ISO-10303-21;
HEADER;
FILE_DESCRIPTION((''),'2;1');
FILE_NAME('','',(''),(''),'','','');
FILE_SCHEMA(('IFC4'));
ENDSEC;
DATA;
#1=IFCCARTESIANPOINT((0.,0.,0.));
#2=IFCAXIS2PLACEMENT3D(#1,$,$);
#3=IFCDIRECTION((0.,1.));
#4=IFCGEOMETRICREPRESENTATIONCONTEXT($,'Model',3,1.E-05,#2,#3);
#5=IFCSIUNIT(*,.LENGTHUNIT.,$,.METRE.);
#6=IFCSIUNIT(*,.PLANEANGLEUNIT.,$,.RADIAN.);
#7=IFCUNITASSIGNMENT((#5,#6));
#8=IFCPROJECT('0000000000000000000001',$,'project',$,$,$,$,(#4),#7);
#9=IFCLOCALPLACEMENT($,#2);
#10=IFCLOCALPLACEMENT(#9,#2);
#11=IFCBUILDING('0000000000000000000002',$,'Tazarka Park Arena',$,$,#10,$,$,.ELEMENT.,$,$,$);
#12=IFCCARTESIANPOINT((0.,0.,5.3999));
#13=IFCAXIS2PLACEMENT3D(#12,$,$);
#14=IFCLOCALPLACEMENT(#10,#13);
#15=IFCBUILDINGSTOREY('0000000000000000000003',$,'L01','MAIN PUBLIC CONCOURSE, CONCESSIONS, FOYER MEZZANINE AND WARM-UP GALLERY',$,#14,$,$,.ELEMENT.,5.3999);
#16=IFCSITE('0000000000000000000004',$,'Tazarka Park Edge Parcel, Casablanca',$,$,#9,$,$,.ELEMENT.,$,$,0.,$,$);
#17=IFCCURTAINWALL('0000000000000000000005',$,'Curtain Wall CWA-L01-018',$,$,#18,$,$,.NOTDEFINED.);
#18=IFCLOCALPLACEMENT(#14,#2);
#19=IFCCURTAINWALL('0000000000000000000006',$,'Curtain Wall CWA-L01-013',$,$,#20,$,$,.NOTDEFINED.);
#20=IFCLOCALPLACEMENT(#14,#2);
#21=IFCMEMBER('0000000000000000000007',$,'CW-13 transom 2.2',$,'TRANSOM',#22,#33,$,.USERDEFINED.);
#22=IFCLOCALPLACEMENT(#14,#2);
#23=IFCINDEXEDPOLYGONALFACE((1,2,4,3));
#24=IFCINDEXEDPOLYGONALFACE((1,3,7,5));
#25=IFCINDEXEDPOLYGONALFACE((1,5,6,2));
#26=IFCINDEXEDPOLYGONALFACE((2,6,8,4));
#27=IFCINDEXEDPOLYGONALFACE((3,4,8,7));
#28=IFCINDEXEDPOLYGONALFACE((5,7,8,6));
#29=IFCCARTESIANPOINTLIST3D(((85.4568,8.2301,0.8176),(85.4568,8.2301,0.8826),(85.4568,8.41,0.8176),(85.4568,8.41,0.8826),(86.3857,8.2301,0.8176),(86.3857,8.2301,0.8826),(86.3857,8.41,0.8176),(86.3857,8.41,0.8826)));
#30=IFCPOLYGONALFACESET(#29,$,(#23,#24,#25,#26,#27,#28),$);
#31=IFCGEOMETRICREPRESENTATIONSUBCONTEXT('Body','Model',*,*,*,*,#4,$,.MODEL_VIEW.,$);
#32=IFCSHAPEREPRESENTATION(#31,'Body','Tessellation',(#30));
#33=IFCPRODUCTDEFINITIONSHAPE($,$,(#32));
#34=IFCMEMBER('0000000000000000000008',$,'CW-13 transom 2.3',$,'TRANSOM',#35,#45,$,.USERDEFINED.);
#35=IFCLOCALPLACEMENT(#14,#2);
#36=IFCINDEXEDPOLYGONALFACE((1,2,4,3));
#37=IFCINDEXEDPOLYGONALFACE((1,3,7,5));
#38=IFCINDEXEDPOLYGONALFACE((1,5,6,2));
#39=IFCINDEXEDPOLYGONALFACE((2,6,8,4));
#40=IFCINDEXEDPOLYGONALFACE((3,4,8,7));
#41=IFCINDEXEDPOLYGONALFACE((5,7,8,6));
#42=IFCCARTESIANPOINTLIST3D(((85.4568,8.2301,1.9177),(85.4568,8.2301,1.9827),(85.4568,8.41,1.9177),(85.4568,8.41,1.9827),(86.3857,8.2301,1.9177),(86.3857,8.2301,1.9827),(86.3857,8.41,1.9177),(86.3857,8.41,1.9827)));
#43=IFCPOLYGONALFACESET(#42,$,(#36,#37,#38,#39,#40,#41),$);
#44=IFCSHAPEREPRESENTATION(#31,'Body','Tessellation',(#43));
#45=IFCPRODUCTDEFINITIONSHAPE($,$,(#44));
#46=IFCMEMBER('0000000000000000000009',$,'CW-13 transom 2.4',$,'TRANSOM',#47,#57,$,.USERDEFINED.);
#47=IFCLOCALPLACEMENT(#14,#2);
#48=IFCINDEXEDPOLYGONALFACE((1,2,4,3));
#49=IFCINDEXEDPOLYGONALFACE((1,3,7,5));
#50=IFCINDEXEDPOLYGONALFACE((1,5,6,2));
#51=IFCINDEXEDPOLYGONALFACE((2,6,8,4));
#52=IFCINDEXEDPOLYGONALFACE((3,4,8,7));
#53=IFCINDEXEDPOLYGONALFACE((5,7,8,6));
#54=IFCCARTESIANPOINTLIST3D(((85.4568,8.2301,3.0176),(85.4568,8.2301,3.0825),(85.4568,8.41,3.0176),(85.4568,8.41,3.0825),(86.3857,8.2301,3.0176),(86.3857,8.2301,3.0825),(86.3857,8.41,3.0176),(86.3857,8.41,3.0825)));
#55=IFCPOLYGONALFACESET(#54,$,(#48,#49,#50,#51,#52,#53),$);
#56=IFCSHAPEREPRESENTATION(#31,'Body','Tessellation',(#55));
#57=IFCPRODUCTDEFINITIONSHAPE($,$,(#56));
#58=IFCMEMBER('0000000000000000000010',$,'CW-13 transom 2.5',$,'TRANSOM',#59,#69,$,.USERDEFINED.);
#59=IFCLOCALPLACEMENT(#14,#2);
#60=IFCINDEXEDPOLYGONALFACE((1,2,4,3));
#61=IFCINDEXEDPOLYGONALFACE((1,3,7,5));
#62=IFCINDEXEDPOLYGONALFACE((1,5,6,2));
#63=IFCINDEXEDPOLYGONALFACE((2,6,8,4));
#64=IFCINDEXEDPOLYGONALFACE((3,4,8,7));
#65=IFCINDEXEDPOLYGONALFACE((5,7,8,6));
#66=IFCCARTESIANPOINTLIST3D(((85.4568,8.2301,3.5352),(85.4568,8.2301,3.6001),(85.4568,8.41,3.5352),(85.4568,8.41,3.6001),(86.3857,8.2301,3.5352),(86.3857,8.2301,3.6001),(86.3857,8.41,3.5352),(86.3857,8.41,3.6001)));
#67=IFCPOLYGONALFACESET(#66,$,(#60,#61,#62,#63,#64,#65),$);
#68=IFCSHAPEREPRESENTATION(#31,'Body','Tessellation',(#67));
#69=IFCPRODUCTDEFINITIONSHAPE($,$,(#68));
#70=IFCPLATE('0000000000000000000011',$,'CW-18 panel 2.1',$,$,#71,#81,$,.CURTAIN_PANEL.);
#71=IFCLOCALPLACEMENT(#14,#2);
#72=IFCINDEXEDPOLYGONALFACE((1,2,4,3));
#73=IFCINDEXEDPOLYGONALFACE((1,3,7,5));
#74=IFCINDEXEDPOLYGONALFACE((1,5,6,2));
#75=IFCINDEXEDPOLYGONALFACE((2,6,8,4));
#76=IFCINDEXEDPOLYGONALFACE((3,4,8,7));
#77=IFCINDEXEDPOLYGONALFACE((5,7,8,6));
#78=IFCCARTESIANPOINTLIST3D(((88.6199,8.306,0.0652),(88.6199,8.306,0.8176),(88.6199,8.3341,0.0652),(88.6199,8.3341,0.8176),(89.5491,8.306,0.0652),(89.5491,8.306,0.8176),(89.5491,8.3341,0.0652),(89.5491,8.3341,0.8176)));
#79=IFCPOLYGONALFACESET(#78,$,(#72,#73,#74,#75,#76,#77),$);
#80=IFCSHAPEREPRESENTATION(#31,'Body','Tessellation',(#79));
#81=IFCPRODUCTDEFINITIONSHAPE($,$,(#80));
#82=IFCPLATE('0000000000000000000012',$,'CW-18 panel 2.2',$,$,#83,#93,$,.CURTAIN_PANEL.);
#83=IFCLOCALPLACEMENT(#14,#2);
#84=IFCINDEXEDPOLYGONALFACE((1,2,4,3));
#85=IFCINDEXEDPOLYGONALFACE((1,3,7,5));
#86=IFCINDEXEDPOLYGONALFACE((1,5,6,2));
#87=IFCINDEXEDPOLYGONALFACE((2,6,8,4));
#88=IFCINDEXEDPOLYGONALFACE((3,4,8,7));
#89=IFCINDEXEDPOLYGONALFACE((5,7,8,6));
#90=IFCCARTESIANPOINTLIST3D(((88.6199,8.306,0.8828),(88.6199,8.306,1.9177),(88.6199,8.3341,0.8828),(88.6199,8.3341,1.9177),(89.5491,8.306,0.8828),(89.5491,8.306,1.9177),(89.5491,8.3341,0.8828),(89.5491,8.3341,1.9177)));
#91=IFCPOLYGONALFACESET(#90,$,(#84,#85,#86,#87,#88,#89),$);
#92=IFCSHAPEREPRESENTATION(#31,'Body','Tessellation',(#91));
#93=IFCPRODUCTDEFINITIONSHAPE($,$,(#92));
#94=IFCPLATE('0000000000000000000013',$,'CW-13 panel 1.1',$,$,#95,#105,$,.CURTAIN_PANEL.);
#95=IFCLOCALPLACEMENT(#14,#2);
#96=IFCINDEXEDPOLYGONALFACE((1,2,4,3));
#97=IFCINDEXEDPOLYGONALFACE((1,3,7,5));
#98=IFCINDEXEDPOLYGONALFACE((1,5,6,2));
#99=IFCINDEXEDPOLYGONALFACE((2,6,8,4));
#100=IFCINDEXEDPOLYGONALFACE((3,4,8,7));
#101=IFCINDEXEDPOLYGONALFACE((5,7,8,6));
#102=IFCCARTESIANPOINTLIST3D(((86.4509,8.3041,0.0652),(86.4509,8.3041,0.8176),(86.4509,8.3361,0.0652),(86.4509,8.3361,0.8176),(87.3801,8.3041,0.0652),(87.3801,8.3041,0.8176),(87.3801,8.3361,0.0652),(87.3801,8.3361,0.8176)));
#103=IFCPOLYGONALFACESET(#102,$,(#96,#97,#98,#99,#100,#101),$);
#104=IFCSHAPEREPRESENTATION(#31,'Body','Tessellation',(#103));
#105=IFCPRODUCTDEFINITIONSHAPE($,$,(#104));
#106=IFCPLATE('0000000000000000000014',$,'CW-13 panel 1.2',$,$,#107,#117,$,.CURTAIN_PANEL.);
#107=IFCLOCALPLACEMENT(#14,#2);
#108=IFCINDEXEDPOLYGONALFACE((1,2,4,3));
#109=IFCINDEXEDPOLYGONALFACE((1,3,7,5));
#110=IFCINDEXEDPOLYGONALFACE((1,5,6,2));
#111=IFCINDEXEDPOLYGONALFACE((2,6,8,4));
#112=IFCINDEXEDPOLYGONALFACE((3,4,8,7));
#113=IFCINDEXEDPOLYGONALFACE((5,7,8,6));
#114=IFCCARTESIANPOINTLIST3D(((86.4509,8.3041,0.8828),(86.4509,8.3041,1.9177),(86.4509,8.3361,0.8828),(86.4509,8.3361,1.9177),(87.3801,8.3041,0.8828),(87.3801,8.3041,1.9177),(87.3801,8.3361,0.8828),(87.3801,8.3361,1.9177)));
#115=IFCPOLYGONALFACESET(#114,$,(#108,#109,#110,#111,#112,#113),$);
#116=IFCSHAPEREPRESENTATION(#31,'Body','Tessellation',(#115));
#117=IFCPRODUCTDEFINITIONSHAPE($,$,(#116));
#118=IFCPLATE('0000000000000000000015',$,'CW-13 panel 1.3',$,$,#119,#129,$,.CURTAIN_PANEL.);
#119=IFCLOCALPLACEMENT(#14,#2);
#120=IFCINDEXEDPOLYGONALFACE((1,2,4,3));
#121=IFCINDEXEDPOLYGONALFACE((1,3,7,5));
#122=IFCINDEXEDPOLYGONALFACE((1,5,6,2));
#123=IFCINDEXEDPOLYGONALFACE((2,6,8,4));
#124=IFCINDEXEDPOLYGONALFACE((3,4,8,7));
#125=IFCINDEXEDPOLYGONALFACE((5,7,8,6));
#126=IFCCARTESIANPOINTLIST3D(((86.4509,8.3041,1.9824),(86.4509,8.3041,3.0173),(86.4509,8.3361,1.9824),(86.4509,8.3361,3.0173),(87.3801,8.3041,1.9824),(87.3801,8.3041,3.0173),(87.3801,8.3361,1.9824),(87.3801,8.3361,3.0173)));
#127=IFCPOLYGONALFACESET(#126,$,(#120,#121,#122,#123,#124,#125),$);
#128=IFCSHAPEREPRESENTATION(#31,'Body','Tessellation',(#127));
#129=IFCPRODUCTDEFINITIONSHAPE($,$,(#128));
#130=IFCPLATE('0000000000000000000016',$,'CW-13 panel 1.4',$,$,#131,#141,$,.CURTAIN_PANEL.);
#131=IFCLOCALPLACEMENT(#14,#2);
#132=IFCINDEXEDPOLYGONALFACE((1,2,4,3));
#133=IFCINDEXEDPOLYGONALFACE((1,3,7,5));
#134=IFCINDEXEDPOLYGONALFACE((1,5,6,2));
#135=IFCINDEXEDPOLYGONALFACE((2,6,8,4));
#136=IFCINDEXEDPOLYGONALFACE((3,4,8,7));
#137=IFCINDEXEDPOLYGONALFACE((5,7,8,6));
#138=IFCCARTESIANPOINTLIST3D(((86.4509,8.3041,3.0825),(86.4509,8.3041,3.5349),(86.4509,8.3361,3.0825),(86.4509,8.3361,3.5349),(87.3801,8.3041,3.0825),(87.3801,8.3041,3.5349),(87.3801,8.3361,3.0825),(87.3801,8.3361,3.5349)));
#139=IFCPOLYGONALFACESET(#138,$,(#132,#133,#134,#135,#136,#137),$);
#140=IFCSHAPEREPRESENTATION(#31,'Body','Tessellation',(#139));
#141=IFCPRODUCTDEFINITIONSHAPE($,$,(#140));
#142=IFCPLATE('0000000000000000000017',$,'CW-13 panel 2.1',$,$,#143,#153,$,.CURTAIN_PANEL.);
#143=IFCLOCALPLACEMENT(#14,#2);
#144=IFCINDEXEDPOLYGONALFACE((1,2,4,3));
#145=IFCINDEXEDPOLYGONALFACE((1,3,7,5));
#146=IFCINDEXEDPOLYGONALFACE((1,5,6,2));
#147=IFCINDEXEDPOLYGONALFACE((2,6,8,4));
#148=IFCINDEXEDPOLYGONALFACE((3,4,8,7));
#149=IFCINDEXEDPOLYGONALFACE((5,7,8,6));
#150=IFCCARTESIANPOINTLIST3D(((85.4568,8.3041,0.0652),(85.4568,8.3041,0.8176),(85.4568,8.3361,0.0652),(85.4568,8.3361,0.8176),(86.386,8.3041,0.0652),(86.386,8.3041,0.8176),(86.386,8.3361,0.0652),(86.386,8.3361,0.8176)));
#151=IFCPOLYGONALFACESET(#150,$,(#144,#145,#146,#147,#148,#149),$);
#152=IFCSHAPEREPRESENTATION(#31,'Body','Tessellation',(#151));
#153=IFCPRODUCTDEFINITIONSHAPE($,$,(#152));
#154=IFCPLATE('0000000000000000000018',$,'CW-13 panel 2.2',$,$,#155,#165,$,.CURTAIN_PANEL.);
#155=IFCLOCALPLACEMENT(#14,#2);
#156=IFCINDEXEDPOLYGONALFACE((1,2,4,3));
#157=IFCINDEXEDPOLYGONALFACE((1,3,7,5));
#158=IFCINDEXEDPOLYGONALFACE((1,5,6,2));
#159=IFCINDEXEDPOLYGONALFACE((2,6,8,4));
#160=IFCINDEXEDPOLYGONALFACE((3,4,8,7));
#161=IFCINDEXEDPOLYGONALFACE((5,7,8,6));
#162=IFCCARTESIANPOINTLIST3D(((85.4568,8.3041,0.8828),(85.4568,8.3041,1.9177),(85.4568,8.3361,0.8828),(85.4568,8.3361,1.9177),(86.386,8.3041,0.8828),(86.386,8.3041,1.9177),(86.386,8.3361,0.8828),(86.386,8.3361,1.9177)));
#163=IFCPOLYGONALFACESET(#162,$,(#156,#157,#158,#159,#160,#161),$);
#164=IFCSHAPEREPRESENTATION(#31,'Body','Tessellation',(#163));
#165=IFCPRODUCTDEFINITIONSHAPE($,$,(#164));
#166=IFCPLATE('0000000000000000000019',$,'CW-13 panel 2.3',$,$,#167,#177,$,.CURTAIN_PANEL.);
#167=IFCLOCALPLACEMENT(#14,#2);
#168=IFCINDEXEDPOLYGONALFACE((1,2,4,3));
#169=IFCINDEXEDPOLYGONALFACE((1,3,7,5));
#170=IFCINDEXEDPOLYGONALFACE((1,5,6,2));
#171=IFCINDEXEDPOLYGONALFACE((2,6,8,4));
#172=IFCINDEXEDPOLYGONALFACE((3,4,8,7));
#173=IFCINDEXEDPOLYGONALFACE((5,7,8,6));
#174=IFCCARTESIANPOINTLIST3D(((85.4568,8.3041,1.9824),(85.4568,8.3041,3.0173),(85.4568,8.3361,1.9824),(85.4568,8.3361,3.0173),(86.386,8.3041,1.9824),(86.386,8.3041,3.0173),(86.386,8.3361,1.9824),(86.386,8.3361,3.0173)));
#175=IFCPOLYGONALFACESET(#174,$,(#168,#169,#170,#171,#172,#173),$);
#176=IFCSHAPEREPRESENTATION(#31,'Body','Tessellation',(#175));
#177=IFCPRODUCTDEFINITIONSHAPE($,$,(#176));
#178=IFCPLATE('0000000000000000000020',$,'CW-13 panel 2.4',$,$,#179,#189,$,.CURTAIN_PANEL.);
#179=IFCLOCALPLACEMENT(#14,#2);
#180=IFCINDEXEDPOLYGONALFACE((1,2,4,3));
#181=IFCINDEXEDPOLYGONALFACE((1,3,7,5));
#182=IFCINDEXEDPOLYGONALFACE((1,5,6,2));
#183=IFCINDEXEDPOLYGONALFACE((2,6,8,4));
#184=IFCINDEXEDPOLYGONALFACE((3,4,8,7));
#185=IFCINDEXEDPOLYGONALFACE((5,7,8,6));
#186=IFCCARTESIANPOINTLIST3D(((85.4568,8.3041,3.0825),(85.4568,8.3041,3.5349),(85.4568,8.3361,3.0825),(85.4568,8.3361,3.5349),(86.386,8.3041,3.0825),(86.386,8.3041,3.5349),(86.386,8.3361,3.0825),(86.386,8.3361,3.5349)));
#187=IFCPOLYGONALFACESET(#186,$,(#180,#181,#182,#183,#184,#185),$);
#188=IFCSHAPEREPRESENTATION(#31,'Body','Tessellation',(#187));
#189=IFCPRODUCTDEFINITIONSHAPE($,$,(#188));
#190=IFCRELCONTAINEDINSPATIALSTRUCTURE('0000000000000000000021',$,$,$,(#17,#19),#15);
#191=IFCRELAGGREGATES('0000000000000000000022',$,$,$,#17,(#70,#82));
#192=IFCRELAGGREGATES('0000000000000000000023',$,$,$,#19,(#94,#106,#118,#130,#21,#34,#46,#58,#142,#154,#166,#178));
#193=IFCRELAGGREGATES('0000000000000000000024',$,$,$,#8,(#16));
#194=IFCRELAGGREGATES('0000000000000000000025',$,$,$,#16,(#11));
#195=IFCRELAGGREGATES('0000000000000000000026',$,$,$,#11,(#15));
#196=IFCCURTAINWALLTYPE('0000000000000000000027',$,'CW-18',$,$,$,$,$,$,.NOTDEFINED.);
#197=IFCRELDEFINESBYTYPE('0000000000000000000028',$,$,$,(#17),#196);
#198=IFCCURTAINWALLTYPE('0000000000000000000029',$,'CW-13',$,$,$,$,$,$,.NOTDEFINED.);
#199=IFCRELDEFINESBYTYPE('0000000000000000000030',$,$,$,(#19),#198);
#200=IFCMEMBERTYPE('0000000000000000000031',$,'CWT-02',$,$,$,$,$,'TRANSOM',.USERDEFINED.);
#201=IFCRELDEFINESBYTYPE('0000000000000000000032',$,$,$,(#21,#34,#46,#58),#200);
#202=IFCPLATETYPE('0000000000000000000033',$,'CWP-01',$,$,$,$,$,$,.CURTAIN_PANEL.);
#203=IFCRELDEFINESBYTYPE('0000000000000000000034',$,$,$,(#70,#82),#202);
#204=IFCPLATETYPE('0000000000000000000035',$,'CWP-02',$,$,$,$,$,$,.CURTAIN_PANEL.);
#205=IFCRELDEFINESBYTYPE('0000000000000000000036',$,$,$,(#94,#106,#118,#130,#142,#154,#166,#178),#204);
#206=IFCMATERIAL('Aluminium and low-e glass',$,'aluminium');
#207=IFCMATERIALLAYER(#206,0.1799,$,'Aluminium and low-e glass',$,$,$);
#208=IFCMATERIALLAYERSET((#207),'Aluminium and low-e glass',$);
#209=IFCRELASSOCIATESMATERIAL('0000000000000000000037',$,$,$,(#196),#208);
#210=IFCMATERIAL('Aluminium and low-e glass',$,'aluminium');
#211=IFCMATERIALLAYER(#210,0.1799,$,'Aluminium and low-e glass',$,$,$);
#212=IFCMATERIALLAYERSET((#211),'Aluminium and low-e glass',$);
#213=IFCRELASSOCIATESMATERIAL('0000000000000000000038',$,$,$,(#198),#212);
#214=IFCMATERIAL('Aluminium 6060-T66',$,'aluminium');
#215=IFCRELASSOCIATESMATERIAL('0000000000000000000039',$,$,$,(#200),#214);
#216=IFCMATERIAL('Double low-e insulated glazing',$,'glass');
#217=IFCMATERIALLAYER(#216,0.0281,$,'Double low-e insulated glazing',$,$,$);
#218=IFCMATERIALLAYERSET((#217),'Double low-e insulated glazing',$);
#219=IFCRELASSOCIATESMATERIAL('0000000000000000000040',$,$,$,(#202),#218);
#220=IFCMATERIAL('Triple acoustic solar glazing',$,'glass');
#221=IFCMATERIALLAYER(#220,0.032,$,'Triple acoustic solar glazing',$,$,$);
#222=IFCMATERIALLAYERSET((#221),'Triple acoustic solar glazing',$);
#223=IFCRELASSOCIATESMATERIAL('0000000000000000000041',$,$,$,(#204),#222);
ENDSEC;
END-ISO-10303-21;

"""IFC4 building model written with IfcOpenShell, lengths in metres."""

from ifc_helpers import new_model, si_unit, direction, frame, origin, origin_2d, place, context, subcontext, project, spatial, rectangle, extrude, material, layer, layer_set, material_profile, profile_set, type_object, element, aggregate, save


model = new_model("IFC4")

# Units and contexts
model_context = context("Model", 3, precision=1e-05, world=origin(), true_north=direction((0.0, 1.0)))
body_context = subcontext(model_context, "Body", "Model", "MODEL_VIEW")
ifc_project = project(units=[si_unit("LENGTHUNIT", "METRE"), si_unit("PLANEANGLEUNIT", "RADIAN")], contexts=[model_context])

# Site, building, storey
site_placement = place(None, origin())
site = spatial("IfcSite", under=ifc_project, at=site_placement, Name="Tazarka Park Edge Parcel, Casablanca", CompositionType="ELEMENT", RefElevation=0.0)
building_placement = place(site_placement, origin())
building = spatial("IfcBuilding", under=site, at=building_placement, Name="Tazarka Park Arena", CompositionType="ELEMENT")
storey_placement = place(building_placement, frame((0.0, 0.0, 5.3999)))
storey = spatial("IfcBuildingStorey", under=building, at=storey_placement, Name="L01", Description="MAIN PUBLIC CONCOURSE, CONCESSIONS, FOYER MEZZANINE AND WARM-UP GALLERY", CompositionType="ELEMENT", Elevation=5.3999)

# Curtain wall
ifc_material_1 = material(Name="Aluminium and low-e glass", Category="aluminium")
ifc_layer_1 = layer(ifc_material_1, 0.1799, Name="Aluminium and low-e glass")
ifc_layer_set_1 = layer_set([ifc_layer_1], Name="Aluminium and low-e glass")
curtain_wall_type_1 = type_object("IfcCurtainWallType", Name="CW-18", PredefinedType="NOTDEFINED", material=ifc_layer_set_1)
curtain_wall_1_placement = place(storey_placement, origin())
curtain_wall_1 = element("IfcCurtainWall", 1, at=curtain_wall_1_placement, inside=storey, type_object=curtain_wall_type_1, Name="Curtain Wall CWA-L01-018", PredefinedType="NOTDEFINED")

# Curtain wall, members
ifc_material_2 = material(Name="Aluminium and low-e glass", Category="aluminium")
ifc_layer_2 = layer(ifc_material_2, 0.1799, Name="Aluminium and low-e glass")
ifc_layer_set_2 = layer_set([ifc_layer_2], Name="Aluminium and low-e glass")
curtain_wall_type_2 = type_object("IfcCurtainWallType", Name="CW-13", PredefinedType="NOTDEFINED", material=ifc_layer_set_2)
curtain_wall_2_placement = place(storey_placement, origin())
curtain_wall_2 = element("IfcCurtainWall", 2, at=curtain_wall_2_placement, inside=storey, type_object=curtain_wall_type_2, Name="Curtain Wall CWA-L01-013", PredefinedType="NOTDEFINED")
ifc_material_3 = material(Name="Aluminium 6060-T66", Category="aluminium")
ifc_material_profile_1 = material_profile(ifc_material_3, rectangle(XDim=0.1799, YDim=0.0649, at=origin_2d()), Name="Aluminium 6060-T66")
ifc_profile_set_1 = profile_set([ifc_material_profile_1], Name="Aluminium 6060-T66")
member_type_1 = type_object("IfcMemberType", Name="CWT-02", ElementType="TRANSOM", PredefinedType="USERDEFINED", material=ifc_profile_set_1)
member_1_placement = place(storey_placement, frame((86.3857, 8.3201, 0.8501), z_axis=(-1.0, 0.0, 0.0), x_axis=(0.0, -1.0, 0.0)))
member_1 = element("IfcMember", 3, at=member_1_placement, type_object=member_type_1, Name="CW-13 transom 2.2", ObjectType="TRANSOM", PredefinedType="USERDEFINED", context=body_context, shape_type="SweptSolid", body=[
    extrude(rectangle(XDim=0.1799, YDim=0.0649, at=origin_2d()), origin(), (0.0, 0.0, 1.0), 0.929),
])
member_2_placement = place(storey_placement, frame((86.3857, 8.3201, 1.9502), z_axis=(-1.0, 0.0, 0.0), x_axis=(0.0, -1.0, 0.0)))
member_2 = element("IfcMember", 4, at=member_2_placement, type_object=member_type_1, Name="CW-13 transom 2.3", ObjectType="TRANSOM", PredefinedType="USERDEFINED", context=body_context, shape_type="SweptSolid", body=[
    extrude(rectangle(XDim=0.1799, YDim=0.0649, at=origin_2d()), origin(), (0.0, 0.0, 1.0), 0.929),
])
member_3_placement = place(storey_placement, frame((86.3857, 8.3201, 3.05), z_axis=(-1.0, 0.0, 0.0), x_axis=(0.0, -1.0, 0.0)))
member_3 = element("IfcMember", 5, at=member_3_placement, type_object=member_type_1, Name="CW-13 transom 2.4", ObjectType="TRANSOM", PredefinedType="USERDEFINED", context=body_context, shape_type="SweptSolid", body=[
    extrude(rectangle(XDim=0.1799, YDim=0.0649, at=origin_2d()), origin(), (0.0, 0.0, 1.0), 0.929),
])
member_4_placement = place(storey_placement, frame((86.3857, 8.3201, 3.5676), z_axis=(-1.0, 0.0, 0.0), x_axis=(0.0, -1.0, 0.0)))
member_4 = element("IfcMember", 6, at=member_4_placement, type_object=member_type_1, Name="CW-13 transom 2.5", ObjectType="TRANSOM", PredefinedType="USERDEFINED", context=body_context, shape_type="SweptSolid", body=[
    extrude(rectangle(XDim=0.1799, YDim=0.0649, at=origin_2d()), origin(), (0.0, 0.0, 1.0), 0.929),
])

# Plates
ifc_material_4 = material(Name="Double low-e insulated glazing", Category="glass")
ifc_layer_3 = layer(ifc_material_4, 0.0281, Name="Double low-e insulated glazing")
ifc_layer_set_3 = layer_set([ifc_layer_3], Name="Double low-e insulated glazing")
plate_type_1 = type_object("IfcPlateType", Name="CWP-01", PredefinedType="CURTAIN_PANEL", material=ifc_layer_set_3)
plate_1_placement = place(storey_placement, frame((89.0845, 8.3201, 0.0652), z_axis=(0.0, 0.0, 1.0), x_axis=(-1.0, 0.0, 0.0)))
plate_1 = element("IfcPlate", 7, at=plate_1_placement, type_object=plate_type_1, Name="CW-18 panel 2.1", PredefinedType="CURTAIN_PANEL", context=body_context, shape_type="SweptSolid", body=[
    extrude(rectangle(XDim=0.9292, YDim=0.0281, at=origin_2d()), origin(), (0.0, 0.0, 1.0), 0.7524),
])
plate_2_placement = place(storey_placement, frame((89.0845, 8.3201, 0.8828), z_axis=(0.0, 0.0, 1.0), x_axis=(-1.0, 0.0, 0.0)))
plate_2 = element("IfcPlate", 8, at=plate_2_placement, type_object=plate_type_1, Name="CW-18 panel 2.2", PredefinedType="CURTAIN_PANEL", context=body_context, shape_type="SweptSolid", body=[
    extrude(rectangle(XDim=0.9292, YDim=0.0281, at=origin_2d()), origin(), (0.0, 0.0, 1.0), 1.0349),
])
aggregate(curtain_wall_1, [plate_1, plate_2])
ifc_material_5 = material(Name="Triple acoustic solar glazing", Category="glass")
ifc_layer_4 = layer(ifc_material_5, 0.032, Name="Triple acoustic solar glazing")
ifc_layer_set_4 = layer_set([ifc_layer_4], Name="Triple acoustic solar glazing")
plate_type_2 = type_object("IfcPlateType", Name="CWP-02", PredefinedType="CURTAIN_PANEL", material=ifc_layer_set_4)
plate_3_placement = place(storey_placement, frame((86.9155, 8.3201, 0.0652), z_axis=(0.0, 0.0, 1.0), x_axis=(-1.0, 0.0, 0.0)))
plate_3 = element("IfcPlate", 9, at=plate_3_placement, type_object=plate_type_2, Name="CW-13 panel 1.1", PredefinedType="CURTAIN_PANEL", context=body_context, shape_type="SweptSolid", body=[
    extrude(rectangle(XDim=0.9292, YDim=0.032, at=origin_2d()), origin(), (0.0, 0.0, 1.0), 0.7524),
])
plate_4_placement = place(storey_placement, frame((86.9155, 8.3201, 0.8828), z_axis=(0.0, 0.0, 1.0), x_axis=(-1.0, 0.0, 0.0)))
plate_4 = element("IfcPlate", 10, at=plate_4_placement, type_object=plate_type_2, Name="CW-13 panel 1.2", PredefinedType="CURTAIN_PANEL", context=body_context, shape_type="SweptSolid", body=[
    extrude(rectangle(XDim=0.9292, YDim=0.032, at=origin_2d()), origin(), (0.0, 0.0, 1.0), 1.0349),
])
plate_5_placement = place(storey_placement, frame((86.9155, 8.3201, 1.9824), z_axis=(0.0, 0.0, 1.0), x_axis=(-1.0, 0.0, 0.0)))
plate_5 = element("IfcPlate", 11, at=plate_5_placement, type_object=plate_type_2, Name="CW-13 panel 1.3", PredefinedType="CURTAIN_PANEL", context=body_context, shape_type="SweptSolid", body=[
    extrude(rectangle(XDim=0.9292, YDim=0.032, at=origin_2d()), origin(), (0.0, 0.0, 1.0), 1.0349),
])
plate_6_placement = place(storey_placement, frame((86.9155, 8.3201, 3.0825), z_axis=(0.0, 0.0, 1.0), x_axis=(-1.0, 0.0, 0.0)))
plate_6 = element("IfcPlate", 12, at=plate_6_placement, type_object=plate_type_2, Name="CW-13 panel 1.4", PredefinedType="CURTAIN_PANEL", context=body_context, shape_type="SweptSolid", body=[
    extrude(rectangle(XDim=0.9292, YDim=0.032, at=origin_2d()), origin(), (0.0, 0.0, 1.0), 0.4524),
])
plate_7_placement = place(storey_placement, frame((85.9214, 8.3201, 0.0652), z_axis=(0.0, 0.0, 1.0), x_axis=(-1.0, 0.0, 0.0)))
plate_7 = element("IfcPlate", 13, at=plate_7_placement, type_object=plate_type_2, Name="CW-13 panel 2.1", PredefinedType="CURTAIN_PANEL", context=body_context, shape_type="SweptSolid", body=[
    extrude(rectangle(XDim=0.9292, YDim=0.032, at=origin_2d()), origin(), (0.0, 0.0, 1.0), 0.7524),
])
plate_8_placement = place(storey_placement, frame((85.9214, 8.3201, 0.8828), z_axis=(0.0, 0.0, 1.0), x_axis=(-1.0, 0.0, 0.0)))
plate_8 = element("IfcPlate", 14, at=plate_8_placement, type_object=plate_type_2, Name="CW-13 panel 2.2", PredefinedType="CURTAIN_PANEL", context=body_context, shape_type="SweptSolid", body=[
    extrude(rectangle(XDim=0.9292, YDim=0.032, at=origin_2d()), origin(), (0.0, 0.0, 1.0), 1.0349),
])
plate_9_placement = place(storey_placement, frame((85.9214, 8.3201, 1.9824), z_axis=(0.0, 0.0, 1.0), x_axis=(-1.0, 0.0, 0.0)))
plate_9 = element("IfcPlate", 15, at=plate_9_placement, type_object=plate_type_2, Name="CW-13 panel 2.3", PredefinedType="CURTAIN_PANEL", context=body_context, shape_type="SweptSolid", body=[
    extrude(rectangle(XDim=0.9292, YDim=0.032, at=origin_2d()), origin(), (0.0, 0.0, 1.0), 1.0349),
])
plate_10_placement = place(storey_placement, frame((85.9214, 8.3201, 3.0825), z_axis=(0.0, 0.0, 1.0), x_axis=(-1.0, 0.0, 0.0)))
plate_10 = element("IfcPlate", 16, at=plate_10_placement, type_object=plate_type_2, Name="CW-13 panel 2.4", PredefinedType="CURTAIN_PANEL", context=body_context, shape_type="SweptSolid", body=[
    extrude(rectangle(XDim=0.9292, YDim=0.032, at=origin_2d()), origin(), (0.0, 0.0, 1.0), 0.4524),
])
aggregate(curtain_wall_2, [plate_3, plate_4, plate_5, plate_6, member_1, member_2, member_3, member_4, plate_7, plate_8, plate_9, plate_10])

save(model, "model.ifc")
